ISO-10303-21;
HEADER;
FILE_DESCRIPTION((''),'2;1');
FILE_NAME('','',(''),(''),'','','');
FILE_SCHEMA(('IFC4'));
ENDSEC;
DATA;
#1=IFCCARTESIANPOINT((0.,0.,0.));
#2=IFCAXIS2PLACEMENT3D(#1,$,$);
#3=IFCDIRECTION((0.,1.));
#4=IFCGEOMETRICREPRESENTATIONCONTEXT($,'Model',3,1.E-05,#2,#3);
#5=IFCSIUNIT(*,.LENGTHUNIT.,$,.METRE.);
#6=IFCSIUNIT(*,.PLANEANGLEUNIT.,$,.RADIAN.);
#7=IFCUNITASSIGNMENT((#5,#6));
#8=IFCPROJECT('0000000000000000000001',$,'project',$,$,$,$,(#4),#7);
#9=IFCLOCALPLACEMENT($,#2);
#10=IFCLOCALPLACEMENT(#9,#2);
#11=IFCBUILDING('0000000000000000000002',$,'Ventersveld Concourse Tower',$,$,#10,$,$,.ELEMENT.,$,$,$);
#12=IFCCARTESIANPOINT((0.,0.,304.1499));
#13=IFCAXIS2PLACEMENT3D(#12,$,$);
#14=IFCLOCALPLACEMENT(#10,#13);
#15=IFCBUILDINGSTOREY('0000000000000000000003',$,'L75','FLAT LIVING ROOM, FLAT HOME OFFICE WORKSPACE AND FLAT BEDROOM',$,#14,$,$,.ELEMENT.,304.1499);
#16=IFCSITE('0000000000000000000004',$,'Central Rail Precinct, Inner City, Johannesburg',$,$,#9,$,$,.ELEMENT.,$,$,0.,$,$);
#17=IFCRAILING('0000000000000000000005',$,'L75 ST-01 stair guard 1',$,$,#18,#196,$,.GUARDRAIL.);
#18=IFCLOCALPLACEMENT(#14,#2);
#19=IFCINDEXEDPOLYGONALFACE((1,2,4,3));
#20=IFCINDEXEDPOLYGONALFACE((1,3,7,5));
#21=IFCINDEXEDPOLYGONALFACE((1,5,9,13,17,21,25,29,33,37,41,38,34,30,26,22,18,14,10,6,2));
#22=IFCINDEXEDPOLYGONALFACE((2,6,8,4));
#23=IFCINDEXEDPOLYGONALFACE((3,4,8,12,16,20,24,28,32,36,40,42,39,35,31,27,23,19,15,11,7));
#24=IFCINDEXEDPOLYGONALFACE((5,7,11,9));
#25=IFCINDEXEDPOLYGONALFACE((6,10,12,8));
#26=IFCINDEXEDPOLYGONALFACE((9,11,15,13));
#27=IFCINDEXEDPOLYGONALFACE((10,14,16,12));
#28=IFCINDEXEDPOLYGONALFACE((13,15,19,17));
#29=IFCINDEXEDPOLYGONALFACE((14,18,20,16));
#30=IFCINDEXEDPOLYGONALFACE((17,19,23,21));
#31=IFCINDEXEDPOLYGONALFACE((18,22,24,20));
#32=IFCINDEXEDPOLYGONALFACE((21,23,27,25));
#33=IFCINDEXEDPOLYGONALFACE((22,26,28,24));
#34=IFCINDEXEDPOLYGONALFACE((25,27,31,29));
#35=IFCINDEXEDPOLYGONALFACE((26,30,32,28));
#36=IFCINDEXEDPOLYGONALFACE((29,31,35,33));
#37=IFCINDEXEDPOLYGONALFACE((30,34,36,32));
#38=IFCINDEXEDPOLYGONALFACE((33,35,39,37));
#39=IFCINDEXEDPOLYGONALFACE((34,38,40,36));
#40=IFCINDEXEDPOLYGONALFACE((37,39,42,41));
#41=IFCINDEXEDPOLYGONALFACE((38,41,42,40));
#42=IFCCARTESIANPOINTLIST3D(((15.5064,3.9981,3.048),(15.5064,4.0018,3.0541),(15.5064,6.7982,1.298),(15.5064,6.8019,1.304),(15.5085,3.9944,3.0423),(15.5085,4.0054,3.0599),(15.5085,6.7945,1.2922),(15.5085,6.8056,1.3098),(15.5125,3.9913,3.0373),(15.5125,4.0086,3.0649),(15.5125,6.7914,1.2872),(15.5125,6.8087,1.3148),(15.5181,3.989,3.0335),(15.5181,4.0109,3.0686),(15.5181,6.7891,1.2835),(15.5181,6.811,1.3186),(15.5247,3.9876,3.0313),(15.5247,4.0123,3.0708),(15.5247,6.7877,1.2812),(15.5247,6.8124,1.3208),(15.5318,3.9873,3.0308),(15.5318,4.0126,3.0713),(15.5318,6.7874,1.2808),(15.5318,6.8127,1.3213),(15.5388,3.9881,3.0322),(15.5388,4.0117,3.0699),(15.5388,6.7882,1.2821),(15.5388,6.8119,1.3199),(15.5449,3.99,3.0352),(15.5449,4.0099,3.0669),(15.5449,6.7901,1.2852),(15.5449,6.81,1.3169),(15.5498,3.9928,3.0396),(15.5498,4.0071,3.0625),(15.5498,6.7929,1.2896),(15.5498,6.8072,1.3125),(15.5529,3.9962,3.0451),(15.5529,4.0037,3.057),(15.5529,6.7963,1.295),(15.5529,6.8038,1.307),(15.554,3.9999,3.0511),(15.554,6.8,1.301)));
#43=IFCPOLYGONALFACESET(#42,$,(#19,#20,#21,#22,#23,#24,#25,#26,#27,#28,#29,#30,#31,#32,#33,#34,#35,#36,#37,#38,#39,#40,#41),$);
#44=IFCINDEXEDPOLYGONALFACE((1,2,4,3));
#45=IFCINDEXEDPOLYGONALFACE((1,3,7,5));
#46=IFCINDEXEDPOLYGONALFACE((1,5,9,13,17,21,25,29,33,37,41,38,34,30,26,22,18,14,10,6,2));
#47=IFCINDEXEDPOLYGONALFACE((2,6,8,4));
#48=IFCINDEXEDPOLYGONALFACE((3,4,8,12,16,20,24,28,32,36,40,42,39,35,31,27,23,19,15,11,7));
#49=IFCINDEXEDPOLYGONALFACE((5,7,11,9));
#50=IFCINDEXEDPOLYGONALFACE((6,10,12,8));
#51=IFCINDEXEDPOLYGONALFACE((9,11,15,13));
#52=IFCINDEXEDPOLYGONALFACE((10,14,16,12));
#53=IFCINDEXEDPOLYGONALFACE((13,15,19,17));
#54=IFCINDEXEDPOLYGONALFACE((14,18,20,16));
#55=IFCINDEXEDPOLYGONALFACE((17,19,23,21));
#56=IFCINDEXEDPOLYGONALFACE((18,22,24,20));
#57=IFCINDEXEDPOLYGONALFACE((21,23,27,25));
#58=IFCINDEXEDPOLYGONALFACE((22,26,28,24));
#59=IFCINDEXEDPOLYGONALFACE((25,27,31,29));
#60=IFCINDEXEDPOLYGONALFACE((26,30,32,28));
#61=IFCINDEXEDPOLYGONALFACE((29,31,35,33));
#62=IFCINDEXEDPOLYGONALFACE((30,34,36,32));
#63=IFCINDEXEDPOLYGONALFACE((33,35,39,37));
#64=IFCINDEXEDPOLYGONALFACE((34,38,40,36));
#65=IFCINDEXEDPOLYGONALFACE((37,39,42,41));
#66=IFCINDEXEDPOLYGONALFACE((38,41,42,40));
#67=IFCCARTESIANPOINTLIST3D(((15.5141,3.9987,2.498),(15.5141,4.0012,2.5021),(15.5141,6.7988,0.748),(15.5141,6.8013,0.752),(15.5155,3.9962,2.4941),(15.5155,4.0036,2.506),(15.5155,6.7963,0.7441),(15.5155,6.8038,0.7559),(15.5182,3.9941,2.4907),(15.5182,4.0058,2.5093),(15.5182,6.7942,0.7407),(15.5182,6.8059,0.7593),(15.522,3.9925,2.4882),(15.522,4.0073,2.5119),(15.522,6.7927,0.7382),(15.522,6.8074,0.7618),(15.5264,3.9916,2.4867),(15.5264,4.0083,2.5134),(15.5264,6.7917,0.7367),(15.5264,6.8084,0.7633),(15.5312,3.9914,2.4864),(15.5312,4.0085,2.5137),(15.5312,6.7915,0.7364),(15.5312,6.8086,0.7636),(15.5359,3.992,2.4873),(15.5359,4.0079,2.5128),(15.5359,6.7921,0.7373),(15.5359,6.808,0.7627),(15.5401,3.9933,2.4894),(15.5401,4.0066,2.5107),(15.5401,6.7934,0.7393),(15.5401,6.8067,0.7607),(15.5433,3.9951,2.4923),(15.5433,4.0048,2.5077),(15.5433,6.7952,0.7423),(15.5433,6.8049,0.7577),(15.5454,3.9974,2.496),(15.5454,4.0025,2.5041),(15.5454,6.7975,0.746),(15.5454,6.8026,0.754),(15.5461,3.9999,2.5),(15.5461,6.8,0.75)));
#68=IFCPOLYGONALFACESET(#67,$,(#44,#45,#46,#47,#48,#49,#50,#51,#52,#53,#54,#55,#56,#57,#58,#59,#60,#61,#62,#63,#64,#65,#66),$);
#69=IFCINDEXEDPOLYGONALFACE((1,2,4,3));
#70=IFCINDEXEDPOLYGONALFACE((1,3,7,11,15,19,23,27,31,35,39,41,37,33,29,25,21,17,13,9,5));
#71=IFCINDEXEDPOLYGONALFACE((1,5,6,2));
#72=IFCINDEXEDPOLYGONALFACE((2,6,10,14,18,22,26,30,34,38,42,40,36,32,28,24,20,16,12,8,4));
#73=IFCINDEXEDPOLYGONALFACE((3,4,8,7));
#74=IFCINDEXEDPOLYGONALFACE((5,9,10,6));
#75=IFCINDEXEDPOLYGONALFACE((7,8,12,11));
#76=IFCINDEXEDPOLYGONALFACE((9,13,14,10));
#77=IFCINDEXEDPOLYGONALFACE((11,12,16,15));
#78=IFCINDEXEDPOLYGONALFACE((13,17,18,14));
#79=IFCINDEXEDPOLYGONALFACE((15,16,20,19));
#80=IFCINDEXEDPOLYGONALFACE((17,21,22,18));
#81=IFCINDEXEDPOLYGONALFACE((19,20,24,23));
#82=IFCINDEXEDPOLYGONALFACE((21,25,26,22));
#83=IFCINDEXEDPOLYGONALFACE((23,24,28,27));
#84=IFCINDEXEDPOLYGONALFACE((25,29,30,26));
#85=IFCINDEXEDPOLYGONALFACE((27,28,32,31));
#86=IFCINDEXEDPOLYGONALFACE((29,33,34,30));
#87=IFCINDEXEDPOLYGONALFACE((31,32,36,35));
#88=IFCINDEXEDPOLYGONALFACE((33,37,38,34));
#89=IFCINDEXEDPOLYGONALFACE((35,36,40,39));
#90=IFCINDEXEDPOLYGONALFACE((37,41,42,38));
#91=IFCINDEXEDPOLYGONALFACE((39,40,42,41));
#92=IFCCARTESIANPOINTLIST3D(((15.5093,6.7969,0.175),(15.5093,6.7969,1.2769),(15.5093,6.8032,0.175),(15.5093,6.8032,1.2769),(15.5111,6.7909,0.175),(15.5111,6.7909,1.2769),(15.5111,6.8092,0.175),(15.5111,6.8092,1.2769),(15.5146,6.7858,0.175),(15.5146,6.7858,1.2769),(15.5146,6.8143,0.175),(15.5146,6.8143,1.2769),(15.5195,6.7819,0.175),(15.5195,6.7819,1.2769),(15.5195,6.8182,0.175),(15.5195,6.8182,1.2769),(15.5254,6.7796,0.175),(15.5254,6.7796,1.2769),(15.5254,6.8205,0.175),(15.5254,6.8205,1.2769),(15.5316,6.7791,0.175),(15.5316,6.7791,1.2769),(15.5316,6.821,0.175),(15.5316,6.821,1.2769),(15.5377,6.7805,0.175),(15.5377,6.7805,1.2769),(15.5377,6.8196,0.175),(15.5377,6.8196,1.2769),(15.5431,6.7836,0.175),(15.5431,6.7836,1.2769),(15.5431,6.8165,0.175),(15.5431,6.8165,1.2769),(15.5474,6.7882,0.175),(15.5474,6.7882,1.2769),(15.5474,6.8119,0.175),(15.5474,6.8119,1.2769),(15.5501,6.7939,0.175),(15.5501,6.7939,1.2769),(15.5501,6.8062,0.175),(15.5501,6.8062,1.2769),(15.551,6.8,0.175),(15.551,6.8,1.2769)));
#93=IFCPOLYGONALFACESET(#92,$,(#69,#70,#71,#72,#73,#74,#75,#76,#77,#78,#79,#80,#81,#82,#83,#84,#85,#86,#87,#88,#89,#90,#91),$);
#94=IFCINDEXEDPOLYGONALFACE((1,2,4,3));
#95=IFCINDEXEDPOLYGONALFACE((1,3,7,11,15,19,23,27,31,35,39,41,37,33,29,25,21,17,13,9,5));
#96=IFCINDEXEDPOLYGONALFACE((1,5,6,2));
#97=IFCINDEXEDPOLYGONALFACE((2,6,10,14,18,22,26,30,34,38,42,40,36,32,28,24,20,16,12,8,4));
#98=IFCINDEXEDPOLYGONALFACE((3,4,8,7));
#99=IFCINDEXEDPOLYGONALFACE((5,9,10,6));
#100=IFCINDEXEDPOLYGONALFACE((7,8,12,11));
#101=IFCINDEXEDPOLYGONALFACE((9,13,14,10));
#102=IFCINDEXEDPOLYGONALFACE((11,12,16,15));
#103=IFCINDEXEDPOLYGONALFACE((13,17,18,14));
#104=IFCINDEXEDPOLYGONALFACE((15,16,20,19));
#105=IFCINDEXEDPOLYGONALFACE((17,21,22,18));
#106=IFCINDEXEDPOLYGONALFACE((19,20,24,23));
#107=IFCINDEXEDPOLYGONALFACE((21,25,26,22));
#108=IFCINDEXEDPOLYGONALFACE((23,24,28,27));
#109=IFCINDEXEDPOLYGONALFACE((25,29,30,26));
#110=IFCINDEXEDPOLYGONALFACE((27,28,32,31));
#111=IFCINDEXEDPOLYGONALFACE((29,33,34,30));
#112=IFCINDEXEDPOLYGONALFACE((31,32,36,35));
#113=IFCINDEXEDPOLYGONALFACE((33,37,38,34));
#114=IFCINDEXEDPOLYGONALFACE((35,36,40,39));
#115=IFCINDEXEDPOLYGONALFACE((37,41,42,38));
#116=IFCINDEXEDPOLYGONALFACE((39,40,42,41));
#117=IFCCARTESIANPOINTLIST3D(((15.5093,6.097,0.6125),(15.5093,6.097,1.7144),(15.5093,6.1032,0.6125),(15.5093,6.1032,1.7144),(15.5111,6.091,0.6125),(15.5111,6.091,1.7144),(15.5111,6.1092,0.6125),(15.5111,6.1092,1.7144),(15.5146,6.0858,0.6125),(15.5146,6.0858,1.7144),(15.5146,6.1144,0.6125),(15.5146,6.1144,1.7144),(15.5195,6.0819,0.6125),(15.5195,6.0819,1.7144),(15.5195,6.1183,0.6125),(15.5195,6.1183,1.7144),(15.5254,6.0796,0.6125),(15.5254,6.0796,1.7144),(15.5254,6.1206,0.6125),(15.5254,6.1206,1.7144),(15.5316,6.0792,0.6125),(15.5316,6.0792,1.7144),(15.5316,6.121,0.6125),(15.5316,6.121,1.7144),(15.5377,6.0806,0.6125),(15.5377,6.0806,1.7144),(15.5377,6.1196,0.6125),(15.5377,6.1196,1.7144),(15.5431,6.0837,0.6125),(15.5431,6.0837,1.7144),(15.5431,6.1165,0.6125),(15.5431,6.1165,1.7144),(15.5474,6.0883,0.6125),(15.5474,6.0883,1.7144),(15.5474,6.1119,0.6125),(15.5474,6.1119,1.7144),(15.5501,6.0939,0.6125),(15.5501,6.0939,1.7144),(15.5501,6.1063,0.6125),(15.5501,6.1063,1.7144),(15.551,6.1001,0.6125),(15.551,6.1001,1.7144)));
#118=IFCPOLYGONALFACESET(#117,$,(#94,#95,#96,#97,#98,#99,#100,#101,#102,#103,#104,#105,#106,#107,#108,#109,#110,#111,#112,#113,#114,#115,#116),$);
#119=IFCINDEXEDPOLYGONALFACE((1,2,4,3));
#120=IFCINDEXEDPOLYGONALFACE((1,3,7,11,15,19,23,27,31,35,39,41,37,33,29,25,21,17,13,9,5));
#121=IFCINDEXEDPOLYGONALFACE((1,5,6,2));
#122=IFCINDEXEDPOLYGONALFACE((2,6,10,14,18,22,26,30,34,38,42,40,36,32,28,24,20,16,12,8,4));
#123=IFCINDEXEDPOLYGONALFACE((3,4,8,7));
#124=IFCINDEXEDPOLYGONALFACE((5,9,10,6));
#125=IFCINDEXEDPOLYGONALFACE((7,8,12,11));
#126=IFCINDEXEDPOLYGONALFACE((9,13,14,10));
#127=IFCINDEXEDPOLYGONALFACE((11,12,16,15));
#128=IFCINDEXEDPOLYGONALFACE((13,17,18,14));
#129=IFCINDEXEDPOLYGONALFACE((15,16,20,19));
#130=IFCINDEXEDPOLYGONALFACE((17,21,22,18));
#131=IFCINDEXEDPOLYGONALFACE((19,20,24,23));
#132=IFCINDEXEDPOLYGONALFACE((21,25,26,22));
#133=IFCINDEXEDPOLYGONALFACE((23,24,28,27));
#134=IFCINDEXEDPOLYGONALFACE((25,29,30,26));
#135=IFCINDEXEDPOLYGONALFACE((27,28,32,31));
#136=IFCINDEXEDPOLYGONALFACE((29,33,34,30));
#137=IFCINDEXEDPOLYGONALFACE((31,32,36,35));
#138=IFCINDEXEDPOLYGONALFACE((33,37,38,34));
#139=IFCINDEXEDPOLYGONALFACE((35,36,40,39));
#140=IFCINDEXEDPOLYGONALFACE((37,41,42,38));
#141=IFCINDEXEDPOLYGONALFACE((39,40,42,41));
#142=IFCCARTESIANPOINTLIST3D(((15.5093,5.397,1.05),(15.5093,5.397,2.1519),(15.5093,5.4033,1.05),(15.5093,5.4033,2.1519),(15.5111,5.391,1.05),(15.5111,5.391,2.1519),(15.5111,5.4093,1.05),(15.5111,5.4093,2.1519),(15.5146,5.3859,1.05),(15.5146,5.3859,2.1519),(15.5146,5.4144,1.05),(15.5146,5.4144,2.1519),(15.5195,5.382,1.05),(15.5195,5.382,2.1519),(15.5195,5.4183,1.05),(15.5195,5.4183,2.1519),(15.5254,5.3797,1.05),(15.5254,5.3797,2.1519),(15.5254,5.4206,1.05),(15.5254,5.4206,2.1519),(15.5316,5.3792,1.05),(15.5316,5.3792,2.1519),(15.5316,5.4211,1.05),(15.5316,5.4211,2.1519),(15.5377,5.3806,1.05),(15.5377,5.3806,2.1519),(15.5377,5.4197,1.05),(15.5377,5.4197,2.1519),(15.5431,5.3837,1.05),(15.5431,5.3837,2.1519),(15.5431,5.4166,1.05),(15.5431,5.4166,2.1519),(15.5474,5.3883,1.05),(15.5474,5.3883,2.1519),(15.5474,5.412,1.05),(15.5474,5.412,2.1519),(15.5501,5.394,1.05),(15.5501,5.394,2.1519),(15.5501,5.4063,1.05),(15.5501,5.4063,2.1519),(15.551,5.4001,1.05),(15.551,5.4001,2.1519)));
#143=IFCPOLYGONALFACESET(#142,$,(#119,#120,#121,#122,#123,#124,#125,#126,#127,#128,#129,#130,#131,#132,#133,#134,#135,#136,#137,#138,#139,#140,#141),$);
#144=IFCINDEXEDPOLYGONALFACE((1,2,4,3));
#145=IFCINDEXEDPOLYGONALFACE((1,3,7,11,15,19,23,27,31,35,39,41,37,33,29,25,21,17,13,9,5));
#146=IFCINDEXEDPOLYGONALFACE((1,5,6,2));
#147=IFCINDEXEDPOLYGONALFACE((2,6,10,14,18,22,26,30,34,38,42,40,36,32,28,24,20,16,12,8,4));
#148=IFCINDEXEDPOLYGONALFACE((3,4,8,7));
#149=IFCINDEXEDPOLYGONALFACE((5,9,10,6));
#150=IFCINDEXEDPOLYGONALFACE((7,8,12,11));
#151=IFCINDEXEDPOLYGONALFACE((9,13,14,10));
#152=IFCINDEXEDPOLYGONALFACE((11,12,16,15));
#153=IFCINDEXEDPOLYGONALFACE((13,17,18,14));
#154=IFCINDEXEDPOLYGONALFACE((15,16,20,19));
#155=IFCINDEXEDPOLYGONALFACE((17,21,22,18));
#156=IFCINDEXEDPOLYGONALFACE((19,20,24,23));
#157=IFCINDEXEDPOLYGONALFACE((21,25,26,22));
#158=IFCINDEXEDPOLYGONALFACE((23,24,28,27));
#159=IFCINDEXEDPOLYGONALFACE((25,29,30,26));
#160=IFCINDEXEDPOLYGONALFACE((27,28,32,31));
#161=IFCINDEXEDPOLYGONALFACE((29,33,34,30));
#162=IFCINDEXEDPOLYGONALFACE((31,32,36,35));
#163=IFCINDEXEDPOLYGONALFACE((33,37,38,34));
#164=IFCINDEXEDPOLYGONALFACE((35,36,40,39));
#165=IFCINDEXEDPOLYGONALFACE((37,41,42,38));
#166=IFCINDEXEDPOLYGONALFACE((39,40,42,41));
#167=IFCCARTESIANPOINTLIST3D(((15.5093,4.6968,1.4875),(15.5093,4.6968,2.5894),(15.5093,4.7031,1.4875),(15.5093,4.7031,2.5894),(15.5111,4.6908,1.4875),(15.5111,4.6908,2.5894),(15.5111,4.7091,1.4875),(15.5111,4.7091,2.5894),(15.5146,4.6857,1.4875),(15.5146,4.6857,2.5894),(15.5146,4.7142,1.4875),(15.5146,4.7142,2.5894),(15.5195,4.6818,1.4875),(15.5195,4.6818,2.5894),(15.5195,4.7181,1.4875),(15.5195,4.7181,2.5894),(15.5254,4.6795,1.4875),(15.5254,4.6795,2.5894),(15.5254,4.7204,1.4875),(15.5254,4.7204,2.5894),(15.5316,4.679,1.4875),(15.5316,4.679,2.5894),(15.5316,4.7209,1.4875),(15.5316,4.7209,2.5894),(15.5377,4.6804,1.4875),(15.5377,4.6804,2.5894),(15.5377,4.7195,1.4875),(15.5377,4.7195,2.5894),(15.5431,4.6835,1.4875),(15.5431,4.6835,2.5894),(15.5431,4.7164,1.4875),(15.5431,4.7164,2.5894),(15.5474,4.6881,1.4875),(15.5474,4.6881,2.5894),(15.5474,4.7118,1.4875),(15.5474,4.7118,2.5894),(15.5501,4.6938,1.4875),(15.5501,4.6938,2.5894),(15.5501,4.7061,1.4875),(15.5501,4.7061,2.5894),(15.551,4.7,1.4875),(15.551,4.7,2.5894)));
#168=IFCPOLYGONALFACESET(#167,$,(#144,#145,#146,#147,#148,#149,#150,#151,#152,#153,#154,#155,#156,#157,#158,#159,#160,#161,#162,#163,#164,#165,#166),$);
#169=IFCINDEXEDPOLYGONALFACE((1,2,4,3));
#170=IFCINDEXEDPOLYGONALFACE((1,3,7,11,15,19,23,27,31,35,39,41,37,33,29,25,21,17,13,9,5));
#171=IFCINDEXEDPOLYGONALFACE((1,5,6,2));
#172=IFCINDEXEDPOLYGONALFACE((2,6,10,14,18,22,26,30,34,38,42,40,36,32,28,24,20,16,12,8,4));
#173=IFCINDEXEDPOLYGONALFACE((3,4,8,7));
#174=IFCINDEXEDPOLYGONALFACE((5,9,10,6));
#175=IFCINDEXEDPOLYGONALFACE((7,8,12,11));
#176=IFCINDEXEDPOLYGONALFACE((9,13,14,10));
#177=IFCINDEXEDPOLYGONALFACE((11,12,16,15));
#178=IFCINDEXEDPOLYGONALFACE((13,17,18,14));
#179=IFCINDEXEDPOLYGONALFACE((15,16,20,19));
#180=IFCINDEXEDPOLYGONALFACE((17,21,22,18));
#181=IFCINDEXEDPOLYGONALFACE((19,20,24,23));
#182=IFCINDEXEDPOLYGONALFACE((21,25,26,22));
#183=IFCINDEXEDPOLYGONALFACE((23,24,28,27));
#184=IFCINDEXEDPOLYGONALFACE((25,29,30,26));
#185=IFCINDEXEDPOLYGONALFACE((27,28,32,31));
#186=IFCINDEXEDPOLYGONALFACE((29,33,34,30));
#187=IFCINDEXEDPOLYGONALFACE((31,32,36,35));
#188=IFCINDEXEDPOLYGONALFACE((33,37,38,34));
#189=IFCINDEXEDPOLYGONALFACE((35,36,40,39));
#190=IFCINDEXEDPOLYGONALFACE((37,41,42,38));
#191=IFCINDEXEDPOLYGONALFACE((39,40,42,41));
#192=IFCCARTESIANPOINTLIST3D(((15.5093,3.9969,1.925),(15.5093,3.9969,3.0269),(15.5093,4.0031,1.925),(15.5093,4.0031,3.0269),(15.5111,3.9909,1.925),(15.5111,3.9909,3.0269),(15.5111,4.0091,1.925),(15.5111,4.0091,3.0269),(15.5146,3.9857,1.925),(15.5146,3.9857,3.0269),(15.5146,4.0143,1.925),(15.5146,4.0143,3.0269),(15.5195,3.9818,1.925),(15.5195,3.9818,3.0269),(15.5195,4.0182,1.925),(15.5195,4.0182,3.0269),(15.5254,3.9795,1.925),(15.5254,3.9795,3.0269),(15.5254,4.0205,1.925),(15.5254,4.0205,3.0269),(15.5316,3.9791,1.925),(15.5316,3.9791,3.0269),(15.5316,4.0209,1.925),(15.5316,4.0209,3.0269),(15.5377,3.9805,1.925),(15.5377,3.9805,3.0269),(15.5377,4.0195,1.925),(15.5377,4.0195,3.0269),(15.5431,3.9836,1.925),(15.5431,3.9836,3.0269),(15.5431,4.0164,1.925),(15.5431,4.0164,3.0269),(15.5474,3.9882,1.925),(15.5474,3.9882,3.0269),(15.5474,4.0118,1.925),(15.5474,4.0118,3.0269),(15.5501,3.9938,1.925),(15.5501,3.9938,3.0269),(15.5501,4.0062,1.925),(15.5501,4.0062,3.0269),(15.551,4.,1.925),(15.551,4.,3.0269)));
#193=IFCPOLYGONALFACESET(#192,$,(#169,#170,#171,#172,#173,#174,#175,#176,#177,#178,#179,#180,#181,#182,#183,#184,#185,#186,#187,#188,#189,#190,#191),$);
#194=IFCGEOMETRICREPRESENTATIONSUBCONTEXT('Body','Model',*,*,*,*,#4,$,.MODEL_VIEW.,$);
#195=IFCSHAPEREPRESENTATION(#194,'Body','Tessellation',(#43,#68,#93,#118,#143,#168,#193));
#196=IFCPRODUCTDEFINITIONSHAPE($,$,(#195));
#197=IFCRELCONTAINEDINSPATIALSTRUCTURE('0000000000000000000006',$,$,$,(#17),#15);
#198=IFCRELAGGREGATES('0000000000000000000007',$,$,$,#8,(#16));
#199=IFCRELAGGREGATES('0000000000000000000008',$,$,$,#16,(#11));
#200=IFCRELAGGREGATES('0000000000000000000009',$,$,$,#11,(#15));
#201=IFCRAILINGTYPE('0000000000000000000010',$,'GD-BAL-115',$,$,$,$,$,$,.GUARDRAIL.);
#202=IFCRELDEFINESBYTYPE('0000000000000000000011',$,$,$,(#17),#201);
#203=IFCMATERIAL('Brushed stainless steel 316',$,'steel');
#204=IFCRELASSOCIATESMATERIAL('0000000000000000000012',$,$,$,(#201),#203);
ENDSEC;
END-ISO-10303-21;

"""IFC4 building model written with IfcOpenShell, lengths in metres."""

from ifc_helpers import new_model, si_unit, direction, frame, origin, origin_2d, place, context, subcontext, project, spatial, circle, extrude, material, type_object, element, save


model = new_model("IFC4")

# Units and contexts
model_context = context("Model", 3, precision=1e-05, world=origin(), true_north=direction((0.0, 1.0)))
body_context = subcontext(model_context, "Body", "Model", "MODEL_VIEW")
ifc_project = project(units=[si_unit("LENGTHUNIT", "METRE"), si_unit("PLANEANGLEUNIT", "RADIAN")], contexts=[model_context])

# Site, building, storey
site_placement = place(None, origin())
site = spatial("IfcSite", under=ifc_project, at=site_placement, Name="Central Rail Precinct, Inner City, Johannesburg", CompositionType="ELEMENT", RefElevation=0.0)
building_placement = place(site_placement, origin())
building = spatial("IfcBuilding", under=site, at=building_placement, Name="Ventersveld Concourse Tower", CompositionType="ELEMENT")
storey_placement = place(building_placement, frame((0.0, 0.0, 304.1499)))
storey = spatial("IfcBuildingStorey", under=building, at=storey_placement, Name="L75", Description="FLAT LIVING ROOM, FLAT HOME OFFICE WORKSPACE AND FLAT BEDROOM", CompositionType="ELEMENT", Elevation=304.1499)

# Shared definitions
ifc_material_1 = material(Name="Brushed stainless steel 316", Category="steel")

# Railing
railing_type = type_object("IfcRailingType", Name="GD-BAL-115", PredefinedType="GUARDRAIL", material=ifc_material_1)
railing_1_placement = place(storey_placement, frame((15.53, 6.8, 0.175)))
element("IfcRailing", 1, at=railing_1_placement, inside=storey, type_object=railing_type, Name="L75 ST-01 stair guard 1", PredefinedType="GUARDRAIL", context=body_context, shape_type="SweptSolid", body=[
    extrude(circle(Radius=0.0239, at=origin_2d()), frame((0.0, 0.0, 1.126), z_axis=(0.0, -0.848002, 0.529992), x_axis=(1.0, 0.0, 0.0)), (0.0, 0.0, 1.0), 3.302),
    extrude(circle(Radius=0.0161, at=origin_2d()), frame((0.0, 0.0, 0.575), z_axis=(0.0, -0.848002, 0.529992), x_axis=(1.0, 0.0, 0.0)), (0.0, 0.0, 1.0), 3.302),
    extrude(circle(Radius=0.021, at=origin_2d()), origin(), (0.0, 0.0, 1.0), 1.1018),
    extrude(circle(Radius=0.021, at=origin_2d()), frame((0.0, -0.7, 0.4375)), (0.0, 0.0, 1.0), 1.1018),
    extrude(circle(Radius=0.021, at=origin_2d()), frame((0.0, -1.3999, 0.875)), (0.0, 0.0, 1.0), 1.1018),
    extrude(circle(Radius=0.021, at=origin_2d()), frame((0.0, -2.1001, 1.3125)), (0.0, 0.0, 1.0), 1.1018),
    extrude(circle(Radius=0.021, at=origin_2d()), frame((0.0, -2.8, 1.75)), (0.0, 0.0, 1.0), 1.1018),
])

save(model, "model.ifc")
